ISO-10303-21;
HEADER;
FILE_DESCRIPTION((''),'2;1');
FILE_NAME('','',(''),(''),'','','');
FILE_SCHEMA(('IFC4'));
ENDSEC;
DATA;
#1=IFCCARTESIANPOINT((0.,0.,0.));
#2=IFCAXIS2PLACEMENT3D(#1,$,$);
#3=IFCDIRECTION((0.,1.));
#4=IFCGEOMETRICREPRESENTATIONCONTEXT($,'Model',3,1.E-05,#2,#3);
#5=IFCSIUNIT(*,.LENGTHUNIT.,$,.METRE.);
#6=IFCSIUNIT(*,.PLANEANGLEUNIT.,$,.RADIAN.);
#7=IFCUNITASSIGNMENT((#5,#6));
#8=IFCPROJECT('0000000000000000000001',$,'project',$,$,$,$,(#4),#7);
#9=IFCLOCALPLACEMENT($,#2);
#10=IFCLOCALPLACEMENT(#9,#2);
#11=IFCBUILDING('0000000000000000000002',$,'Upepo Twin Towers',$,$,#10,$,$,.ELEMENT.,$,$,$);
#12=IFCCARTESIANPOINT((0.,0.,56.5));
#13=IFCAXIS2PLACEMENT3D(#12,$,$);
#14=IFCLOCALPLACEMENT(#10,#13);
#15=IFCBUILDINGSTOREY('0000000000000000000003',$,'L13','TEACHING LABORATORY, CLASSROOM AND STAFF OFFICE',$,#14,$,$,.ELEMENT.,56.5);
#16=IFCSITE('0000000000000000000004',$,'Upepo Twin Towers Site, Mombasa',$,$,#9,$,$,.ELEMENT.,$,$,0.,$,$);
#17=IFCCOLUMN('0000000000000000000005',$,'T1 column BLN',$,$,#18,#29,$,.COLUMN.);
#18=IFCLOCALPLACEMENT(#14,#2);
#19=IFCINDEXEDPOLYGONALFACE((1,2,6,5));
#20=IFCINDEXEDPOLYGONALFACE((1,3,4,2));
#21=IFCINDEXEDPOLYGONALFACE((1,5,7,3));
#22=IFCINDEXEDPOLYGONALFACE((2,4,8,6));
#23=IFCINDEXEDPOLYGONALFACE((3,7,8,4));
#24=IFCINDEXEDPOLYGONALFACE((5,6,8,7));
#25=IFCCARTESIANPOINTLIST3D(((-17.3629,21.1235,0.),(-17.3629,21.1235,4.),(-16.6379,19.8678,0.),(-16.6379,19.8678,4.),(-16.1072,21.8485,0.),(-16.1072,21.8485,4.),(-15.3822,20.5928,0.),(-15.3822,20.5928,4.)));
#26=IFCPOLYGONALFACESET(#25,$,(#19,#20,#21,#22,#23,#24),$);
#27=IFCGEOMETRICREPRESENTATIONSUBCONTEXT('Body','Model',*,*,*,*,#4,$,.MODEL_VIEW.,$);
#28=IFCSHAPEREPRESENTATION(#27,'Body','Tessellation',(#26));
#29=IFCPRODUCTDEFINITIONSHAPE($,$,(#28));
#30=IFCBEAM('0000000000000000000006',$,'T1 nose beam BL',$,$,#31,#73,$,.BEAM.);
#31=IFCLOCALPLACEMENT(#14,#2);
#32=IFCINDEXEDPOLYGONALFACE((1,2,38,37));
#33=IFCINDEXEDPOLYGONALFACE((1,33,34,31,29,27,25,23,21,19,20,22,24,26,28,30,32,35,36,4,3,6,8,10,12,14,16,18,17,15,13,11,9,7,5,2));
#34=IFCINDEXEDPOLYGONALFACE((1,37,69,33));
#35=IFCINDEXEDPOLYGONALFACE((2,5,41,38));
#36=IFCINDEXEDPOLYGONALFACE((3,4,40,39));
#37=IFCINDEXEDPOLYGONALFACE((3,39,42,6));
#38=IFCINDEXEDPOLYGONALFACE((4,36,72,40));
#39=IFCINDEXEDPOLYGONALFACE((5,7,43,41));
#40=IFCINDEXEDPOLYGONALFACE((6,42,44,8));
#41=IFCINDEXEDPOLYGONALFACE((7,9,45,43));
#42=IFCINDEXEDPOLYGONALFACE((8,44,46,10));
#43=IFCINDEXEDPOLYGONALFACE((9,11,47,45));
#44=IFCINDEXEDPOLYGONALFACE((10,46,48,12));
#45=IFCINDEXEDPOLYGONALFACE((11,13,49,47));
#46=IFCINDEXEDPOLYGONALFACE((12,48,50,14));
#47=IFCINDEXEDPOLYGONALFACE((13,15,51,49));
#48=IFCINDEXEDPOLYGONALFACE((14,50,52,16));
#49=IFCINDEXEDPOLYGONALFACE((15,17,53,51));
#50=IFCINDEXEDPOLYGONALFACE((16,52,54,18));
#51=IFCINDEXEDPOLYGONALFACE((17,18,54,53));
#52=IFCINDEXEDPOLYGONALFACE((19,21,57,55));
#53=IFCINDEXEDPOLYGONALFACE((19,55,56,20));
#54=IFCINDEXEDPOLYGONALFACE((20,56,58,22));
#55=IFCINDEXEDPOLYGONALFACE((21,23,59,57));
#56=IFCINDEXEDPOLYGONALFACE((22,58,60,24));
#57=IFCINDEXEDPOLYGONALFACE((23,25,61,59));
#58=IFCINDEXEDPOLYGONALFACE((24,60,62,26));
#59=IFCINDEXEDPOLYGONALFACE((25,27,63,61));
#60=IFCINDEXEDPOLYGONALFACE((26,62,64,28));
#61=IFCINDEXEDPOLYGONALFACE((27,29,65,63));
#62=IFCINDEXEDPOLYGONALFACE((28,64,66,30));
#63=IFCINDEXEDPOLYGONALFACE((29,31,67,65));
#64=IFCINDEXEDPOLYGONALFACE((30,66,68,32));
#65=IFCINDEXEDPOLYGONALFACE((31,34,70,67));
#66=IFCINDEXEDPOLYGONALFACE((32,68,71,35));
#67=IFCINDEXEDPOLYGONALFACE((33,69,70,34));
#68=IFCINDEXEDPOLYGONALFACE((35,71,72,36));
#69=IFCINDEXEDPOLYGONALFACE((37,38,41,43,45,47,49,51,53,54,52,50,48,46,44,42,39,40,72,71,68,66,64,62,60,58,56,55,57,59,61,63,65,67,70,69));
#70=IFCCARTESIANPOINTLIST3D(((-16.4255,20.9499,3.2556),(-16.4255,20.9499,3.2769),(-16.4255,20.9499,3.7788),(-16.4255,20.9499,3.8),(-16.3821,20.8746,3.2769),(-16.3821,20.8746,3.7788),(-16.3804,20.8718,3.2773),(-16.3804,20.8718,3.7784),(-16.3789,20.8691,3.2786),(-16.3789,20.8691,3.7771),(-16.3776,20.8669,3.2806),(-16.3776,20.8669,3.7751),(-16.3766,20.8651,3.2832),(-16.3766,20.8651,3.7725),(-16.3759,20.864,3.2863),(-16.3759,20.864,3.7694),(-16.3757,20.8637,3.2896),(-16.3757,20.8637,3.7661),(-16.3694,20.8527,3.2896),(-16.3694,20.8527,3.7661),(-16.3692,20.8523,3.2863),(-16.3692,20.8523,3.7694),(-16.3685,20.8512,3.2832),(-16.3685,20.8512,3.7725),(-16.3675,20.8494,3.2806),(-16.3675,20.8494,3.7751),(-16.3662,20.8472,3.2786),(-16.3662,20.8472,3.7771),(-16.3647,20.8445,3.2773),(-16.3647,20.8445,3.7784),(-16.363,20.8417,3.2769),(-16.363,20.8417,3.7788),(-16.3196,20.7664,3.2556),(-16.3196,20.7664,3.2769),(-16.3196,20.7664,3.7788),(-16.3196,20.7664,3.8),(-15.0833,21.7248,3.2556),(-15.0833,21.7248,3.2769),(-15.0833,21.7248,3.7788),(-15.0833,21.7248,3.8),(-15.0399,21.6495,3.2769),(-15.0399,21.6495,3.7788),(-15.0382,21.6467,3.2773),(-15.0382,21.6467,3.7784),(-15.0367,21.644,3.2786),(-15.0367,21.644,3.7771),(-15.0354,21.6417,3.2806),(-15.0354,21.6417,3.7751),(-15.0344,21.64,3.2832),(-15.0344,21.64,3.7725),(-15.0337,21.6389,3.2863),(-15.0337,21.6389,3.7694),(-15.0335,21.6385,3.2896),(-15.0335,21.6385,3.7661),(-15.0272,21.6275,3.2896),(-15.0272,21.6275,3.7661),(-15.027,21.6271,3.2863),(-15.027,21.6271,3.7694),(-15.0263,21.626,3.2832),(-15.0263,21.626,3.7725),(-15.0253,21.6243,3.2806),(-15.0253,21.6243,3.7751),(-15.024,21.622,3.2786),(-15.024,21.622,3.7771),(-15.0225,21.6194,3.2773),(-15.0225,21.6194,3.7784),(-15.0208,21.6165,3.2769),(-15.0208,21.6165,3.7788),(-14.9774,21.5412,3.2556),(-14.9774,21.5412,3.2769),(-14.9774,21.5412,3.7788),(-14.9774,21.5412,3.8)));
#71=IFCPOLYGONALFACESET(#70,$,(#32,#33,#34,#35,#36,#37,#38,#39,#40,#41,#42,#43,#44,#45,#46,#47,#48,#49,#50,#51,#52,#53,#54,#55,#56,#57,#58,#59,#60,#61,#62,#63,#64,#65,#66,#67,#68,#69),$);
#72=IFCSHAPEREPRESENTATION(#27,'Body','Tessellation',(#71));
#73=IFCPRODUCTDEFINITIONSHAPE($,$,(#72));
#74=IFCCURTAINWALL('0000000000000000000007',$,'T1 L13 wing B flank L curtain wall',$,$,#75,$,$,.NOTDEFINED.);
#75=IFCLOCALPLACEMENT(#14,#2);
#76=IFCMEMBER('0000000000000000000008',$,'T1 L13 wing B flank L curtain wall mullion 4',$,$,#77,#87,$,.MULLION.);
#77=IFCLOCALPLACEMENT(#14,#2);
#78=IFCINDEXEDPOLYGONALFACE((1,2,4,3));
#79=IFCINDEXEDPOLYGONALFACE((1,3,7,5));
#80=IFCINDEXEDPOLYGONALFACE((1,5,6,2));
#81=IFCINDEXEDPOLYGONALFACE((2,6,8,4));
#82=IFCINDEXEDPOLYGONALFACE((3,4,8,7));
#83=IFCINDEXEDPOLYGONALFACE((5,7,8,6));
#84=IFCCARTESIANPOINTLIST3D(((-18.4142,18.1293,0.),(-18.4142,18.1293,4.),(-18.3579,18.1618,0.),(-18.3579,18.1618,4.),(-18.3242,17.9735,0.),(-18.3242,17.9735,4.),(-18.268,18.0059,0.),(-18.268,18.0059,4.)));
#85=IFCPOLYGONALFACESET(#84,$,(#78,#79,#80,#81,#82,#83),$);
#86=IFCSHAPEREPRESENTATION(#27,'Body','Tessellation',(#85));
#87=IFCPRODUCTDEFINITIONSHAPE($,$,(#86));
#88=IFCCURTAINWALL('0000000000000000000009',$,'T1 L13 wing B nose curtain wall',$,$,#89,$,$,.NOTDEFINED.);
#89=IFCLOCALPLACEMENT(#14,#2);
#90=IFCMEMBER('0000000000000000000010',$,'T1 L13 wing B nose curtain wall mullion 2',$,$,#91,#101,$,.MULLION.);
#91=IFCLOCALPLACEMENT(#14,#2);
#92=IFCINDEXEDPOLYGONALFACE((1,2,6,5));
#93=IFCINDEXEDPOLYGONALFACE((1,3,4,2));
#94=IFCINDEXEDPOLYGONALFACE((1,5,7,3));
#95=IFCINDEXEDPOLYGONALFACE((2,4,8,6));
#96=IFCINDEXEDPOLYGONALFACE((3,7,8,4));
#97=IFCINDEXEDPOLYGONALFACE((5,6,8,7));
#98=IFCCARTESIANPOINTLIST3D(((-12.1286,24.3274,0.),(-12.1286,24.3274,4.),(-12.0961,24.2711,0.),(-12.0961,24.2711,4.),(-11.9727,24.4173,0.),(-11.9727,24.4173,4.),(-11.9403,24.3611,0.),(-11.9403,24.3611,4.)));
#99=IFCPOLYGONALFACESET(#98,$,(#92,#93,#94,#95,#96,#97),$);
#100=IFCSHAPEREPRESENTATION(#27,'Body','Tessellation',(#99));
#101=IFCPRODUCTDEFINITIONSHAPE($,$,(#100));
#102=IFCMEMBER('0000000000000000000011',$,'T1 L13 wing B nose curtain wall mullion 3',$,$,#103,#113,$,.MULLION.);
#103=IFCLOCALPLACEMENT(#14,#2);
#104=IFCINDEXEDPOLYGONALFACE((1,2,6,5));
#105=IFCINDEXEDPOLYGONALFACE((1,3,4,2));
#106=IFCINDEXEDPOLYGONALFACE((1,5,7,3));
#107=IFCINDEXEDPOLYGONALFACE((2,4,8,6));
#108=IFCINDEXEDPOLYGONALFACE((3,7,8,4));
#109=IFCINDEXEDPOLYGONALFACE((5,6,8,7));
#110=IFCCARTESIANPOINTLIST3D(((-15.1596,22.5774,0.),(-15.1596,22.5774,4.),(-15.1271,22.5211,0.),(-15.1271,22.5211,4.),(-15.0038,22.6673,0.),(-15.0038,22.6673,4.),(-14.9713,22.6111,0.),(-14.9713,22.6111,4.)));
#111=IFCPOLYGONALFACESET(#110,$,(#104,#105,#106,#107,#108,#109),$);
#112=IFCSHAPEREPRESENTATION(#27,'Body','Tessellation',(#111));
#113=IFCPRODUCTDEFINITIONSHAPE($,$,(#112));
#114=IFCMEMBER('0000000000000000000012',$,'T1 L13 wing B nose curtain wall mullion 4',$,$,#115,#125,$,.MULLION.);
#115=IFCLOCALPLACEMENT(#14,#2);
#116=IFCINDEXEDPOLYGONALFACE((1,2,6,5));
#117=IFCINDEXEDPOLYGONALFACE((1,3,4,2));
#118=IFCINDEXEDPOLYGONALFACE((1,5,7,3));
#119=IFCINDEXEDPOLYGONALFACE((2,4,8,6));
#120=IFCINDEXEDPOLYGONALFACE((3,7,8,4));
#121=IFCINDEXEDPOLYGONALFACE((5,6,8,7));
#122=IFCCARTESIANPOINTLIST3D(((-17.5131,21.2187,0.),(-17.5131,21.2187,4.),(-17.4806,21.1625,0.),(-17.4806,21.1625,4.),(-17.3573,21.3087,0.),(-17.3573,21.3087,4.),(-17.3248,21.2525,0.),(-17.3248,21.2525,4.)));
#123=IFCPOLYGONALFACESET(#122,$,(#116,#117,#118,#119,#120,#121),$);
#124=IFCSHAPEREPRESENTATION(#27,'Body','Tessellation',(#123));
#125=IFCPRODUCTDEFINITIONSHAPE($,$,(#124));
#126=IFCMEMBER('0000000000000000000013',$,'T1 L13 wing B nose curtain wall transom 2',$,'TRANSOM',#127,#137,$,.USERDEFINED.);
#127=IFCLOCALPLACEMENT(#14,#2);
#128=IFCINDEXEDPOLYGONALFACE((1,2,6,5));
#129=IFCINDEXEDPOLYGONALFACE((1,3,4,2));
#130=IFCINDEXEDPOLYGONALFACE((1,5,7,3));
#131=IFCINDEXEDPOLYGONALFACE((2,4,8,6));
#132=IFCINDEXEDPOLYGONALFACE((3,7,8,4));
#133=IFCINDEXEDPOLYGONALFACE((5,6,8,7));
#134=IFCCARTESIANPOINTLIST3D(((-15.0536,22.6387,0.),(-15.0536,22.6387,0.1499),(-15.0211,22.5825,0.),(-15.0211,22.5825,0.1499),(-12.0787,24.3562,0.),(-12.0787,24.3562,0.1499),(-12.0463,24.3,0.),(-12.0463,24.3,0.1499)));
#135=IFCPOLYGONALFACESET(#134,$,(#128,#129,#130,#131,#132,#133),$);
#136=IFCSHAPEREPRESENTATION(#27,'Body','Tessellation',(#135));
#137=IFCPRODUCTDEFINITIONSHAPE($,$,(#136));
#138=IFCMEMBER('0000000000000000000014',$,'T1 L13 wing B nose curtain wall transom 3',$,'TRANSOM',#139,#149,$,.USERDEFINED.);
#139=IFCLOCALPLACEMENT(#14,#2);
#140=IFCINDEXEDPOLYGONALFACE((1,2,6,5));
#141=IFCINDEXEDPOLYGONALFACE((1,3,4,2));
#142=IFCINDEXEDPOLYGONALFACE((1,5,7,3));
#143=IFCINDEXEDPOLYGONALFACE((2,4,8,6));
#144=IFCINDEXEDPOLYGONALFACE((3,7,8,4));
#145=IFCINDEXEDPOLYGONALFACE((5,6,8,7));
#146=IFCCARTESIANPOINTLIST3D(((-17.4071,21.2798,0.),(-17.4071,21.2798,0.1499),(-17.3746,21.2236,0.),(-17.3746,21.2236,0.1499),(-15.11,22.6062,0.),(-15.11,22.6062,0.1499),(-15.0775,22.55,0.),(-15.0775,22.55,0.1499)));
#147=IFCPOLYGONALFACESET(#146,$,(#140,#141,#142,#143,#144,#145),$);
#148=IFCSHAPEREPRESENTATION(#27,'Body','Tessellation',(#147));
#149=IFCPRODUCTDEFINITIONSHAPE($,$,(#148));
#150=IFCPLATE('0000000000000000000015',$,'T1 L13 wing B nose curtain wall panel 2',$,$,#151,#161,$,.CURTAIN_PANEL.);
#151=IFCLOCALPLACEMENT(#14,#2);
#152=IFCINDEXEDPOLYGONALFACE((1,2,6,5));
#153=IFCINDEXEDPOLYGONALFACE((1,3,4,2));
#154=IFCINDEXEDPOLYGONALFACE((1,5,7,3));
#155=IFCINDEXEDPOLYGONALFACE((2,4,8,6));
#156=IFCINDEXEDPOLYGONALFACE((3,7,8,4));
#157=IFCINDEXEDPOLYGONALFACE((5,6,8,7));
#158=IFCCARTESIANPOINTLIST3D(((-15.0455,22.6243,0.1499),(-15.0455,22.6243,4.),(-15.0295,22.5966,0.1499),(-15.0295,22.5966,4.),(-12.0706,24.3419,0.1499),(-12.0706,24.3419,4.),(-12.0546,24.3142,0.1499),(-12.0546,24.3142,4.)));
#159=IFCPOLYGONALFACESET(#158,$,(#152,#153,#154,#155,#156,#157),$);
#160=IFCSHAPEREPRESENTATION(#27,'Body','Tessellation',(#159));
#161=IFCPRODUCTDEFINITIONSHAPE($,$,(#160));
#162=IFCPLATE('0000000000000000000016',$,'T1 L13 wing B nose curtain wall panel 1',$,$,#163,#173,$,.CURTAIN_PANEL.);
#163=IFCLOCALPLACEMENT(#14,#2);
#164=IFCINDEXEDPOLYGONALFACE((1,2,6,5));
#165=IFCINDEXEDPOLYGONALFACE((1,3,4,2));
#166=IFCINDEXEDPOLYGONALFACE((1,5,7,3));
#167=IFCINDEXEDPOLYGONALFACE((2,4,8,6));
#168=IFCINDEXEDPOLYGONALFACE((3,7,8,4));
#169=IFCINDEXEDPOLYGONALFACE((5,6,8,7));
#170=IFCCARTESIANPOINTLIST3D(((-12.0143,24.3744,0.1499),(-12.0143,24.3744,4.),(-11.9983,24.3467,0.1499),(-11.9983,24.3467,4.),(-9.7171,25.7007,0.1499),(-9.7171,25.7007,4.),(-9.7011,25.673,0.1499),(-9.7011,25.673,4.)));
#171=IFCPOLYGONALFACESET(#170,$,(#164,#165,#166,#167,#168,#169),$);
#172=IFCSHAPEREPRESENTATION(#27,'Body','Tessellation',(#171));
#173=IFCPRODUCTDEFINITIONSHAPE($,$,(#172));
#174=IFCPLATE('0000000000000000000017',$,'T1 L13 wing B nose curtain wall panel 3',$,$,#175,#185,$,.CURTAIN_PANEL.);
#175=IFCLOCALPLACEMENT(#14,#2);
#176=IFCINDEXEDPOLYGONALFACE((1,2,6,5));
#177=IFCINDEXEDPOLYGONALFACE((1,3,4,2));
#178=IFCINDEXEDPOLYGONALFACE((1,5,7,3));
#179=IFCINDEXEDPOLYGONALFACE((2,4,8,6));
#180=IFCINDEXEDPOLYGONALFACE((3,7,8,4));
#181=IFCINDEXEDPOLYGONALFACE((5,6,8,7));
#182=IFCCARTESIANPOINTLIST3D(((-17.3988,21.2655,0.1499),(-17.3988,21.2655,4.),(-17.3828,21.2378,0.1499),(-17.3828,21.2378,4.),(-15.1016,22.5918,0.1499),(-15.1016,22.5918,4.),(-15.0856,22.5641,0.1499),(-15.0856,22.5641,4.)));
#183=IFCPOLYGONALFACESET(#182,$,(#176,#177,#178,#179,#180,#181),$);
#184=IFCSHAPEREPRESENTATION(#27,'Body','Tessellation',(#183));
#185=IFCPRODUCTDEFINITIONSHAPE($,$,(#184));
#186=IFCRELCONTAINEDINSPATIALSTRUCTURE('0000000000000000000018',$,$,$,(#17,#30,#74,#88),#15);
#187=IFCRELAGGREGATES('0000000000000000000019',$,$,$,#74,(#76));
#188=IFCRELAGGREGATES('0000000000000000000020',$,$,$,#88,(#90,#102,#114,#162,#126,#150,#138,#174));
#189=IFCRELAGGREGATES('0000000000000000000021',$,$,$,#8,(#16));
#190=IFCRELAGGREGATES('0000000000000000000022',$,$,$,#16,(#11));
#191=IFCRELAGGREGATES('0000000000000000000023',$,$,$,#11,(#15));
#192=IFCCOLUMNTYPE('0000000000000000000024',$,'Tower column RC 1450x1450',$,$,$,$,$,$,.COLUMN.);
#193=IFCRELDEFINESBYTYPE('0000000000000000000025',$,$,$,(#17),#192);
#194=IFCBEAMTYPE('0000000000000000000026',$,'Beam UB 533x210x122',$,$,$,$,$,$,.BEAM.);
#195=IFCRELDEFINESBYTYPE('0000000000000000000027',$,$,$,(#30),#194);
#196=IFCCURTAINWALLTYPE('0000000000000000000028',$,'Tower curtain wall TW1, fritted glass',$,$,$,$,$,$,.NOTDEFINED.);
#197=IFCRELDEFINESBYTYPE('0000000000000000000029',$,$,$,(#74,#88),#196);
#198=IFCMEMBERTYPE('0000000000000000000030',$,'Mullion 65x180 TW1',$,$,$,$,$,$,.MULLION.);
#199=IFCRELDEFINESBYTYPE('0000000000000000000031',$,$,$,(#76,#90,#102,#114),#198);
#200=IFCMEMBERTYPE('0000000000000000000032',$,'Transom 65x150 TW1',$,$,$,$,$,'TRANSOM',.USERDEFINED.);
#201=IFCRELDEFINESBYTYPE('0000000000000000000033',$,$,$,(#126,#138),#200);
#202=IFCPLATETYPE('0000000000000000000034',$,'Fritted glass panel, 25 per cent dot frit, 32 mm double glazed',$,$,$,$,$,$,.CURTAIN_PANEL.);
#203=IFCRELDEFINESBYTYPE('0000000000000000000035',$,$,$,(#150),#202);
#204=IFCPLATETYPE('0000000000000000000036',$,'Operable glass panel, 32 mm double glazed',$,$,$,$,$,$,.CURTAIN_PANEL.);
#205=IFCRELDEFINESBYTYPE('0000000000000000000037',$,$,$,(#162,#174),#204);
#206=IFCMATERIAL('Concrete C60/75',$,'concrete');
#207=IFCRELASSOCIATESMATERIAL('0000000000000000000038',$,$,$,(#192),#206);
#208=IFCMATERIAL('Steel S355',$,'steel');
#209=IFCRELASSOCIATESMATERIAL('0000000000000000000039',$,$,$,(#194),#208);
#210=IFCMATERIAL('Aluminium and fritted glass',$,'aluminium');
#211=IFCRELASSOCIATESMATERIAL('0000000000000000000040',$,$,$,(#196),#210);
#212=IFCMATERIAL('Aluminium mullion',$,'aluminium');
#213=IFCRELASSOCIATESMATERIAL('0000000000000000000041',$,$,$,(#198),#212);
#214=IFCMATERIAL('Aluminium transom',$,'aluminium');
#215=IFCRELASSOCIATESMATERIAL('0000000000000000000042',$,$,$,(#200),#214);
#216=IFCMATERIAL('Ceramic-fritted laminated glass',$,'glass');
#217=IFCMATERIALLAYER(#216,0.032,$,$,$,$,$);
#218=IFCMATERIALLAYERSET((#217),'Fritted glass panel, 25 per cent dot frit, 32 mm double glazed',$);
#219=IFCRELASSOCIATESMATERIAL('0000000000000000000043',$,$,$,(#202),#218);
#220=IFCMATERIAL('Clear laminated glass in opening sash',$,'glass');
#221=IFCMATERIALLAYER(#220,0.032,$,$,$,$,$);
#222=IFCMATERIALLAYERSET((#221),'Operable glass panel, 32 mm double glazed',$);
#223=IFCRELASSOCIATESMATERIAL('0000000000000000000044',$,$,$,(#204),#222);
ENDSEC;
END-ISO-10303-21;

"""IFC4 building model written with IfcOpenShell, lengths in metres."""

from ifc_helpers import new_model, si_unit, direction, frame, origin, origin_2d, place, context, subcontext, project, spatial, rectangle, i_section, extrude, material, layer, layer_set, material_profile, profile_set, type_object, element, aggregate, save


model = new_model("IFC4")

# Units and contexts
model_context = context("Model", 3, precision=1e-05, world=origin(), true_north=direction((0.0, 1.0)))
body_context = subcontext(model_context, "Body", "Model", "MODEL_VIEW")
ifc_project = project(units=[si_unit("LENGTHUNIT", "METRE"), si_unit("PLANEANGLEUNIT", "RADIAN")], contexts=[model_context])

# Site, building, storey
site_placement = place(None, origin())
site = spatial("IfcSite", under=ifc_project, at=site_placement, Name="Upepo Twin Towers Site, Mombasa", CompositionType="ELEMENT", RefElevation=0.0)
building_placement = place(site_placement, origin())
building = spatial("IfcBuilding", under=site, at=building_placement, Name="Upepo Twin Towers", CompositionType="ELEMENT")
storey_placement = place(building_placement, frame((0.0, 0.0, 56.5)))
storey = spatial("IfcBuildingStorey", under=building, at=storey_placement, Name="L13", Description="TEACHING LABORATORY, CLASSROOM AND STAFF OFFICE", CompositionType="ELEMENT", Elevation=56.5)

# Column
ifc_material_1 = material(Name="Concrete C60/75", Category="concrete")
ifc_material_profile_1 = material_profile(ifc_material_1, rectangle(XDim=1.45, YDim=1.45, at=origin_2d()), Name="RC 1450x1450")
ifc_profile_set_1 = profile_set([ifc_material_profile_1], Name="Concrete C60/75")
column_type = type_object("IfcColumnType", Name="Tower column RC 1450x1450", PredefinedType="COLUMN", material=ifc_profile_set_1)
column_placement = place(storey_placement, frame((-16.3726, 20.8582, 0.0), z_axis=(0.0, 0.0, 1.0), x_axis=(0.866025, 0.5, 0.0)))
element("IfcColumn", 1, at=column_placement, inside=storey, type_object=column_type, Name="T1 column BLN", PredefinedType="COLUMN", context=body_context, shape_type="SweptSolid", body=[
    extrude(rectangle(XDim=1.45, YDim=1.45, at=origin_2d()), origin(), (0.0, 0.0, 1.0), 4.0),
])

# Beam
ifc_material_2 = material(Name="Steel S355", Category="steel")
ifc_material_profile_2 = material_profile(ifc_material_2, i_section(OverallWidth=0.2119, OverallDepth=0.5444, WebThickness=0.0127, FlangeThickness=0.0212, FilletRadius=0.0127, at=origin_2d()), Name="UB 533x210x122")
ifc_profile_set_2 = profile_set([ifc_material_profile_2], Name="Steel S355")
beam_type = type_object("IfcBeamType", Name="Beam UB 533x210x122", PredefinedType="BEAM", material=ifc_profile_set_2)
beam_placement = place(storey_placement, frame((-16.3726, 20.8582, 3.5278), z_axis=(0.866044, 0.499968, 0.0), x_axis=(-0.499968, 0.866044, 0.0)))
element("IfcBeam", 2, at=beam_placement, inside=storey, type_object=beam_type, Name="T1 nose beam BL", PredefinedType="BEAM", context=body_context, shape_type="SweptSolid", body=[
    extrude(i_section(OverallWidth=0.2119, OverallDepth=0.5444, WebThickness=0.0127, FlangeThickness=0.0212, FilletRadius=0.0127, at=origin_2d()), origin(), (0.0, 0.0, 1.0), 1.5498),
])

# Curtain wall, member
ifc_material_3 = material(Name="Aluminium and fritted glass", Category="aluminium")
curtain_wall_type = type_object("IfcCurtainWallType", Name="Tower curtain wall TW1, fritted glass", PredefinedType="NOTDEFINED", material=ifc_material_3)
curtain_wall_1_placement = place(storey_placement, origin())
curtain_wall_1 = element("IfcCurtainWall", 3, at=curtain_wall_1_placement, inside=storey, type_object=curtain_wall_type, Name="T1 L13 wing B flank L curtain wall", PredefinedType="NOTDEFINED")
ifc_material_4 = material(Name="Aluminium mullion", Category="aluminium")
ifc_material_profile_3 = material_profile(ifc_material_4, rectangle(XDim=0.0649, YDim=0.1799, at=origin_2d()), Name="MULLION 65x180")
ifc_profile_set_3 = profile_set([ifc_material_profile_3], Name="Aluminium mullion")
member_type_1 = type_object("IfcMemberType", Name="Mullion 65x180 TW1", PredefinedType="MULLION", material=ifc_profile_set_3)
member_1_placement = place(storey_placement, frame((-18.3411, 18.0676, 0.0), z_axis=(0.0, 0.0, 1.0), x_axis=(-0.866025, -0.5, 0.0)))
member_1 = element("IfcMember", 4, at=member_1_placement, type_object=member_type_1, Name="T1 L13 wing B flank L curtain wall mullion 4", PredefinedType="MULLION", context=body_context, shape_type="SweptSolid", body=[
    extrude(rectangle(XDim=0.0649, YDim=0.1799, at=origin_2d()), origin(), (0.0, 0.0, 1.0), 4.0),
])
aggregate(curtain_wall_1, [member_1])

# Curtain wall, members, plates
curtain_wall_2_placement = place(storey_placement, origin())
curtain_wall_2 = element("IfcCurtainWall", 5, at=curtain_wall_2_placement, inside=storey, type_object=curtain_wall_type, Name="T1 L13 wing B nose curtain wall", PredefinedType="NOTDEFINED")
member_2_placement = place(storey_placement, frame((-12.0344, 24.3442, 0.0), z_axis=(0.0, 0.0, 1.0), x_axis=(0.5, -0.866025, 0.0)))
member_2 = element("IfcMember", 6, at=member_2_placement, type_object=member_type_1, Name="T1 L13 wing B nose curtain wall mullion 2", PredefinedType="MULLION", context=body_context, shape_type="SweptSolid", body=[
    extrude(rectangle(XDim=0.0649, YDim=0.1799, at=origin_2d()), origin(), (0.0, 0.0, 1.0), 4.0),
])
member_3_placement = place(storey_placement, frame((-15.0654, 22.5942, 0.0), z_axis=(0.0, 0.0, 1.0), x_axis=(0.5, -0.866025, 0.0)))
member_3 = element("IfcMember", 7, at=member_3_placement, type_object=member_type_1, Name="T1 L13 wing B nose curtain wall mullion 3", PredefinedType="MULLION", context=body_context, shape_type="SweptSolid", body=[
    extrude(rectangle(XDim=0.0649, YDim=0.1799, at=origin_2d()), origin(), (0.0, 0.0, 1.0), 4.0),
])
member_4_placement = place(storey_placement, frame((-17.4189, 21.2356, 0.0), z_axis=(0.0, 0.0, 1.0), x_axis=(0.5, -0.866025, 0.0)))
member_4 = element("IfcMember", 8, at=member_4_placement, type_object=member_type_1, Name="T1 L13 wing B nose curtain wall mullion 4", PredefinedType="MULLION", context=body_context, shape_type="SweptSolid", body=[
    extrude(rectangle(XDim=0.0649, YDim=0.1799, at=origin_2d()), origin(), (0.0, 0.0, 1.0), 4.0),
])
ifc_material_5 = material(Name="Aluminium transom", Category="aluminium")
ifc_material_profile_4 = material_profile(ifc_material_5, rectangle(XDim=0.0649, YDim=0.1499, at=origin_2d()), Name="TRANSOM 65x150")
ifc_profile_set_4 = profile_set([ifc_material_profile_4], Name="Aluminium transom")
member_type_2 = type_object("IfcMemberType", Name="Transom 65x150 TW1", ElementType="TRANSOM", PredefinedType="USERDEFINED", material=ifc_profile_set_4)
member_5_placement = place(storey_placement, frame((-12.0625, 24.3281, 0.075), z_axis=(-0.866026, -0.499999, 0.0), x_axis=(0.499999, -0.866026, 0.0)))
member_5 = element("IfcMember", 9, at=member_5_placement, type_object=member_type_2, Name="T1 L13 wing B nose curtain wall transom 2", ObjectType="TRANSOM", PredefinedType="USERDEFINED", context=body_context, shape_type="SweptSolid", body=[
    extrude(rectangle(XDim=0.0649, YDim=0.1499, at=origin_2d()), origin(), (0.0, 0.0, 1.0), 3.4351),
])
member_6_placement = place(storey_placement, frame((-15.0938, 22.5781, 0.075), z_axis=(-0.865997, -0.500049, 0.0), x_axis=(0.500049, -0.865997, 0.0)))
member_6 = element("IfcMember", 10, at=member_6_placement, type_object=member_type_2, Name="T1 L13 wing B nose curtain wall transom 3", ObjectType="TRANSOM", PredefinedType="USERDEFINED", context=body_context, shape_type="SweptSolid", body=[
    extrude(rectangle(XDim=0.0649, YDim=0.1499, at=origin_2d()), origin(), (0.0, 0.0, 1.0), 2.6526),
])
ifc_material_6 = material(Name="Ceramic-fritted laminated glass", Category="glass")
ifc_layer_1 = layer(ifc_material_6, 0.032)
ifc_layer_set_1 = layer_set([ifc_layer_1], Name="Fritted glass panel, 25 per cent dot frit, 32 mm double glazed")
plate_type_1 = type_object("IfcPlateType", Name="Fritted glass panel, 25 per cent dot frit, 32 mm double glazed", PredefinedType="CURTAIN_PANEL", material=ifc_layer_set_1)
plate_1_placement = place(storey_placement, frame((-13.55, 23.4692, 0.1499), z_axis=(0.0, 0.0, 1.0), x_axis=(-0.866025, -0.5, 0.0)))
plate_1 = element("IfcPlate", 11, at=plate_1_placement, type_object=plate_type_1, Name="T1 L13 wing B nose curtain wall panel 2", PredefinedType="CURTAIN_PANEL", context=body_context, shape_type="SweptSolid", body=[
    extrude(rectangle(XDim=3.4351, YDim=0.032, at=origin_2d()), origin(), (0.0, 0.0, 1.0), 3.8501),
])
ifc_material_7 = material(Name="Clear laminated glass in opening sash", Category="glass")
ifc_layer_2 = layer(ifc_material_7, 0.032)
ifc_layer_set_2 = layer_set([ifc_layer_2], Name="Operable glass panel, 32 mm double glazed")
plate_type_2 = type_object("IfcPlateType", Name="Operable glass panel, 32 mm double glazed", PredefinedType="CURTAIN_PANEL", material=ifc_layer_set_2)
plate_2_placement = place(storey_placement, frame((-10.8577, 25.0237, 0.1499), z_axis=(0.0, 0.0, 1.0), x_axis=(-0.866025, -0.5, 0.0)))
plate_2 = element("IfcPlate", 12, at=plate_2_placement, type_object=plate_type_2, Name="T1 L13 wing B nose curtain wall panel 1", PredefinedType="CURTAIN_PANEL", context=body_context, shape_type="SweptSolid", body=[
    extrude(rectangle(XDim=2.6526, YDim=0.032, at=origin_2d()), origin(), (0.0, 0.0, 1.0), 3.8501),
])
plate_3_placement = place(storey_placement, frame((-16.2422, 21.9148, 0.1499), z_axis=(0.0, 0.0, 1.0), x_axis=(-0.866025, -0.5, 0.0)))
plate_3 = element("IfcPlate", 13, at=plate_3_placement, type_object=plate_type_2, Name="T1 L13 wing B nose curtain wall panel 3", PredefinedType="CURTAIN_PANEL", context=body_context, shape_type="SweptSolid", body=[
    extrude(rectangle(XDim=2.6526, YDim=0.032, at=origin_2d()), origin(), (0.0, 0.0, 1.0), 3.8501),
])
aggregate(curtain_wall_2, [member_2, member_3, member_4, plate_2, member_5, plate_1, member_6, plate_3])

save(model, "model.ifc")
